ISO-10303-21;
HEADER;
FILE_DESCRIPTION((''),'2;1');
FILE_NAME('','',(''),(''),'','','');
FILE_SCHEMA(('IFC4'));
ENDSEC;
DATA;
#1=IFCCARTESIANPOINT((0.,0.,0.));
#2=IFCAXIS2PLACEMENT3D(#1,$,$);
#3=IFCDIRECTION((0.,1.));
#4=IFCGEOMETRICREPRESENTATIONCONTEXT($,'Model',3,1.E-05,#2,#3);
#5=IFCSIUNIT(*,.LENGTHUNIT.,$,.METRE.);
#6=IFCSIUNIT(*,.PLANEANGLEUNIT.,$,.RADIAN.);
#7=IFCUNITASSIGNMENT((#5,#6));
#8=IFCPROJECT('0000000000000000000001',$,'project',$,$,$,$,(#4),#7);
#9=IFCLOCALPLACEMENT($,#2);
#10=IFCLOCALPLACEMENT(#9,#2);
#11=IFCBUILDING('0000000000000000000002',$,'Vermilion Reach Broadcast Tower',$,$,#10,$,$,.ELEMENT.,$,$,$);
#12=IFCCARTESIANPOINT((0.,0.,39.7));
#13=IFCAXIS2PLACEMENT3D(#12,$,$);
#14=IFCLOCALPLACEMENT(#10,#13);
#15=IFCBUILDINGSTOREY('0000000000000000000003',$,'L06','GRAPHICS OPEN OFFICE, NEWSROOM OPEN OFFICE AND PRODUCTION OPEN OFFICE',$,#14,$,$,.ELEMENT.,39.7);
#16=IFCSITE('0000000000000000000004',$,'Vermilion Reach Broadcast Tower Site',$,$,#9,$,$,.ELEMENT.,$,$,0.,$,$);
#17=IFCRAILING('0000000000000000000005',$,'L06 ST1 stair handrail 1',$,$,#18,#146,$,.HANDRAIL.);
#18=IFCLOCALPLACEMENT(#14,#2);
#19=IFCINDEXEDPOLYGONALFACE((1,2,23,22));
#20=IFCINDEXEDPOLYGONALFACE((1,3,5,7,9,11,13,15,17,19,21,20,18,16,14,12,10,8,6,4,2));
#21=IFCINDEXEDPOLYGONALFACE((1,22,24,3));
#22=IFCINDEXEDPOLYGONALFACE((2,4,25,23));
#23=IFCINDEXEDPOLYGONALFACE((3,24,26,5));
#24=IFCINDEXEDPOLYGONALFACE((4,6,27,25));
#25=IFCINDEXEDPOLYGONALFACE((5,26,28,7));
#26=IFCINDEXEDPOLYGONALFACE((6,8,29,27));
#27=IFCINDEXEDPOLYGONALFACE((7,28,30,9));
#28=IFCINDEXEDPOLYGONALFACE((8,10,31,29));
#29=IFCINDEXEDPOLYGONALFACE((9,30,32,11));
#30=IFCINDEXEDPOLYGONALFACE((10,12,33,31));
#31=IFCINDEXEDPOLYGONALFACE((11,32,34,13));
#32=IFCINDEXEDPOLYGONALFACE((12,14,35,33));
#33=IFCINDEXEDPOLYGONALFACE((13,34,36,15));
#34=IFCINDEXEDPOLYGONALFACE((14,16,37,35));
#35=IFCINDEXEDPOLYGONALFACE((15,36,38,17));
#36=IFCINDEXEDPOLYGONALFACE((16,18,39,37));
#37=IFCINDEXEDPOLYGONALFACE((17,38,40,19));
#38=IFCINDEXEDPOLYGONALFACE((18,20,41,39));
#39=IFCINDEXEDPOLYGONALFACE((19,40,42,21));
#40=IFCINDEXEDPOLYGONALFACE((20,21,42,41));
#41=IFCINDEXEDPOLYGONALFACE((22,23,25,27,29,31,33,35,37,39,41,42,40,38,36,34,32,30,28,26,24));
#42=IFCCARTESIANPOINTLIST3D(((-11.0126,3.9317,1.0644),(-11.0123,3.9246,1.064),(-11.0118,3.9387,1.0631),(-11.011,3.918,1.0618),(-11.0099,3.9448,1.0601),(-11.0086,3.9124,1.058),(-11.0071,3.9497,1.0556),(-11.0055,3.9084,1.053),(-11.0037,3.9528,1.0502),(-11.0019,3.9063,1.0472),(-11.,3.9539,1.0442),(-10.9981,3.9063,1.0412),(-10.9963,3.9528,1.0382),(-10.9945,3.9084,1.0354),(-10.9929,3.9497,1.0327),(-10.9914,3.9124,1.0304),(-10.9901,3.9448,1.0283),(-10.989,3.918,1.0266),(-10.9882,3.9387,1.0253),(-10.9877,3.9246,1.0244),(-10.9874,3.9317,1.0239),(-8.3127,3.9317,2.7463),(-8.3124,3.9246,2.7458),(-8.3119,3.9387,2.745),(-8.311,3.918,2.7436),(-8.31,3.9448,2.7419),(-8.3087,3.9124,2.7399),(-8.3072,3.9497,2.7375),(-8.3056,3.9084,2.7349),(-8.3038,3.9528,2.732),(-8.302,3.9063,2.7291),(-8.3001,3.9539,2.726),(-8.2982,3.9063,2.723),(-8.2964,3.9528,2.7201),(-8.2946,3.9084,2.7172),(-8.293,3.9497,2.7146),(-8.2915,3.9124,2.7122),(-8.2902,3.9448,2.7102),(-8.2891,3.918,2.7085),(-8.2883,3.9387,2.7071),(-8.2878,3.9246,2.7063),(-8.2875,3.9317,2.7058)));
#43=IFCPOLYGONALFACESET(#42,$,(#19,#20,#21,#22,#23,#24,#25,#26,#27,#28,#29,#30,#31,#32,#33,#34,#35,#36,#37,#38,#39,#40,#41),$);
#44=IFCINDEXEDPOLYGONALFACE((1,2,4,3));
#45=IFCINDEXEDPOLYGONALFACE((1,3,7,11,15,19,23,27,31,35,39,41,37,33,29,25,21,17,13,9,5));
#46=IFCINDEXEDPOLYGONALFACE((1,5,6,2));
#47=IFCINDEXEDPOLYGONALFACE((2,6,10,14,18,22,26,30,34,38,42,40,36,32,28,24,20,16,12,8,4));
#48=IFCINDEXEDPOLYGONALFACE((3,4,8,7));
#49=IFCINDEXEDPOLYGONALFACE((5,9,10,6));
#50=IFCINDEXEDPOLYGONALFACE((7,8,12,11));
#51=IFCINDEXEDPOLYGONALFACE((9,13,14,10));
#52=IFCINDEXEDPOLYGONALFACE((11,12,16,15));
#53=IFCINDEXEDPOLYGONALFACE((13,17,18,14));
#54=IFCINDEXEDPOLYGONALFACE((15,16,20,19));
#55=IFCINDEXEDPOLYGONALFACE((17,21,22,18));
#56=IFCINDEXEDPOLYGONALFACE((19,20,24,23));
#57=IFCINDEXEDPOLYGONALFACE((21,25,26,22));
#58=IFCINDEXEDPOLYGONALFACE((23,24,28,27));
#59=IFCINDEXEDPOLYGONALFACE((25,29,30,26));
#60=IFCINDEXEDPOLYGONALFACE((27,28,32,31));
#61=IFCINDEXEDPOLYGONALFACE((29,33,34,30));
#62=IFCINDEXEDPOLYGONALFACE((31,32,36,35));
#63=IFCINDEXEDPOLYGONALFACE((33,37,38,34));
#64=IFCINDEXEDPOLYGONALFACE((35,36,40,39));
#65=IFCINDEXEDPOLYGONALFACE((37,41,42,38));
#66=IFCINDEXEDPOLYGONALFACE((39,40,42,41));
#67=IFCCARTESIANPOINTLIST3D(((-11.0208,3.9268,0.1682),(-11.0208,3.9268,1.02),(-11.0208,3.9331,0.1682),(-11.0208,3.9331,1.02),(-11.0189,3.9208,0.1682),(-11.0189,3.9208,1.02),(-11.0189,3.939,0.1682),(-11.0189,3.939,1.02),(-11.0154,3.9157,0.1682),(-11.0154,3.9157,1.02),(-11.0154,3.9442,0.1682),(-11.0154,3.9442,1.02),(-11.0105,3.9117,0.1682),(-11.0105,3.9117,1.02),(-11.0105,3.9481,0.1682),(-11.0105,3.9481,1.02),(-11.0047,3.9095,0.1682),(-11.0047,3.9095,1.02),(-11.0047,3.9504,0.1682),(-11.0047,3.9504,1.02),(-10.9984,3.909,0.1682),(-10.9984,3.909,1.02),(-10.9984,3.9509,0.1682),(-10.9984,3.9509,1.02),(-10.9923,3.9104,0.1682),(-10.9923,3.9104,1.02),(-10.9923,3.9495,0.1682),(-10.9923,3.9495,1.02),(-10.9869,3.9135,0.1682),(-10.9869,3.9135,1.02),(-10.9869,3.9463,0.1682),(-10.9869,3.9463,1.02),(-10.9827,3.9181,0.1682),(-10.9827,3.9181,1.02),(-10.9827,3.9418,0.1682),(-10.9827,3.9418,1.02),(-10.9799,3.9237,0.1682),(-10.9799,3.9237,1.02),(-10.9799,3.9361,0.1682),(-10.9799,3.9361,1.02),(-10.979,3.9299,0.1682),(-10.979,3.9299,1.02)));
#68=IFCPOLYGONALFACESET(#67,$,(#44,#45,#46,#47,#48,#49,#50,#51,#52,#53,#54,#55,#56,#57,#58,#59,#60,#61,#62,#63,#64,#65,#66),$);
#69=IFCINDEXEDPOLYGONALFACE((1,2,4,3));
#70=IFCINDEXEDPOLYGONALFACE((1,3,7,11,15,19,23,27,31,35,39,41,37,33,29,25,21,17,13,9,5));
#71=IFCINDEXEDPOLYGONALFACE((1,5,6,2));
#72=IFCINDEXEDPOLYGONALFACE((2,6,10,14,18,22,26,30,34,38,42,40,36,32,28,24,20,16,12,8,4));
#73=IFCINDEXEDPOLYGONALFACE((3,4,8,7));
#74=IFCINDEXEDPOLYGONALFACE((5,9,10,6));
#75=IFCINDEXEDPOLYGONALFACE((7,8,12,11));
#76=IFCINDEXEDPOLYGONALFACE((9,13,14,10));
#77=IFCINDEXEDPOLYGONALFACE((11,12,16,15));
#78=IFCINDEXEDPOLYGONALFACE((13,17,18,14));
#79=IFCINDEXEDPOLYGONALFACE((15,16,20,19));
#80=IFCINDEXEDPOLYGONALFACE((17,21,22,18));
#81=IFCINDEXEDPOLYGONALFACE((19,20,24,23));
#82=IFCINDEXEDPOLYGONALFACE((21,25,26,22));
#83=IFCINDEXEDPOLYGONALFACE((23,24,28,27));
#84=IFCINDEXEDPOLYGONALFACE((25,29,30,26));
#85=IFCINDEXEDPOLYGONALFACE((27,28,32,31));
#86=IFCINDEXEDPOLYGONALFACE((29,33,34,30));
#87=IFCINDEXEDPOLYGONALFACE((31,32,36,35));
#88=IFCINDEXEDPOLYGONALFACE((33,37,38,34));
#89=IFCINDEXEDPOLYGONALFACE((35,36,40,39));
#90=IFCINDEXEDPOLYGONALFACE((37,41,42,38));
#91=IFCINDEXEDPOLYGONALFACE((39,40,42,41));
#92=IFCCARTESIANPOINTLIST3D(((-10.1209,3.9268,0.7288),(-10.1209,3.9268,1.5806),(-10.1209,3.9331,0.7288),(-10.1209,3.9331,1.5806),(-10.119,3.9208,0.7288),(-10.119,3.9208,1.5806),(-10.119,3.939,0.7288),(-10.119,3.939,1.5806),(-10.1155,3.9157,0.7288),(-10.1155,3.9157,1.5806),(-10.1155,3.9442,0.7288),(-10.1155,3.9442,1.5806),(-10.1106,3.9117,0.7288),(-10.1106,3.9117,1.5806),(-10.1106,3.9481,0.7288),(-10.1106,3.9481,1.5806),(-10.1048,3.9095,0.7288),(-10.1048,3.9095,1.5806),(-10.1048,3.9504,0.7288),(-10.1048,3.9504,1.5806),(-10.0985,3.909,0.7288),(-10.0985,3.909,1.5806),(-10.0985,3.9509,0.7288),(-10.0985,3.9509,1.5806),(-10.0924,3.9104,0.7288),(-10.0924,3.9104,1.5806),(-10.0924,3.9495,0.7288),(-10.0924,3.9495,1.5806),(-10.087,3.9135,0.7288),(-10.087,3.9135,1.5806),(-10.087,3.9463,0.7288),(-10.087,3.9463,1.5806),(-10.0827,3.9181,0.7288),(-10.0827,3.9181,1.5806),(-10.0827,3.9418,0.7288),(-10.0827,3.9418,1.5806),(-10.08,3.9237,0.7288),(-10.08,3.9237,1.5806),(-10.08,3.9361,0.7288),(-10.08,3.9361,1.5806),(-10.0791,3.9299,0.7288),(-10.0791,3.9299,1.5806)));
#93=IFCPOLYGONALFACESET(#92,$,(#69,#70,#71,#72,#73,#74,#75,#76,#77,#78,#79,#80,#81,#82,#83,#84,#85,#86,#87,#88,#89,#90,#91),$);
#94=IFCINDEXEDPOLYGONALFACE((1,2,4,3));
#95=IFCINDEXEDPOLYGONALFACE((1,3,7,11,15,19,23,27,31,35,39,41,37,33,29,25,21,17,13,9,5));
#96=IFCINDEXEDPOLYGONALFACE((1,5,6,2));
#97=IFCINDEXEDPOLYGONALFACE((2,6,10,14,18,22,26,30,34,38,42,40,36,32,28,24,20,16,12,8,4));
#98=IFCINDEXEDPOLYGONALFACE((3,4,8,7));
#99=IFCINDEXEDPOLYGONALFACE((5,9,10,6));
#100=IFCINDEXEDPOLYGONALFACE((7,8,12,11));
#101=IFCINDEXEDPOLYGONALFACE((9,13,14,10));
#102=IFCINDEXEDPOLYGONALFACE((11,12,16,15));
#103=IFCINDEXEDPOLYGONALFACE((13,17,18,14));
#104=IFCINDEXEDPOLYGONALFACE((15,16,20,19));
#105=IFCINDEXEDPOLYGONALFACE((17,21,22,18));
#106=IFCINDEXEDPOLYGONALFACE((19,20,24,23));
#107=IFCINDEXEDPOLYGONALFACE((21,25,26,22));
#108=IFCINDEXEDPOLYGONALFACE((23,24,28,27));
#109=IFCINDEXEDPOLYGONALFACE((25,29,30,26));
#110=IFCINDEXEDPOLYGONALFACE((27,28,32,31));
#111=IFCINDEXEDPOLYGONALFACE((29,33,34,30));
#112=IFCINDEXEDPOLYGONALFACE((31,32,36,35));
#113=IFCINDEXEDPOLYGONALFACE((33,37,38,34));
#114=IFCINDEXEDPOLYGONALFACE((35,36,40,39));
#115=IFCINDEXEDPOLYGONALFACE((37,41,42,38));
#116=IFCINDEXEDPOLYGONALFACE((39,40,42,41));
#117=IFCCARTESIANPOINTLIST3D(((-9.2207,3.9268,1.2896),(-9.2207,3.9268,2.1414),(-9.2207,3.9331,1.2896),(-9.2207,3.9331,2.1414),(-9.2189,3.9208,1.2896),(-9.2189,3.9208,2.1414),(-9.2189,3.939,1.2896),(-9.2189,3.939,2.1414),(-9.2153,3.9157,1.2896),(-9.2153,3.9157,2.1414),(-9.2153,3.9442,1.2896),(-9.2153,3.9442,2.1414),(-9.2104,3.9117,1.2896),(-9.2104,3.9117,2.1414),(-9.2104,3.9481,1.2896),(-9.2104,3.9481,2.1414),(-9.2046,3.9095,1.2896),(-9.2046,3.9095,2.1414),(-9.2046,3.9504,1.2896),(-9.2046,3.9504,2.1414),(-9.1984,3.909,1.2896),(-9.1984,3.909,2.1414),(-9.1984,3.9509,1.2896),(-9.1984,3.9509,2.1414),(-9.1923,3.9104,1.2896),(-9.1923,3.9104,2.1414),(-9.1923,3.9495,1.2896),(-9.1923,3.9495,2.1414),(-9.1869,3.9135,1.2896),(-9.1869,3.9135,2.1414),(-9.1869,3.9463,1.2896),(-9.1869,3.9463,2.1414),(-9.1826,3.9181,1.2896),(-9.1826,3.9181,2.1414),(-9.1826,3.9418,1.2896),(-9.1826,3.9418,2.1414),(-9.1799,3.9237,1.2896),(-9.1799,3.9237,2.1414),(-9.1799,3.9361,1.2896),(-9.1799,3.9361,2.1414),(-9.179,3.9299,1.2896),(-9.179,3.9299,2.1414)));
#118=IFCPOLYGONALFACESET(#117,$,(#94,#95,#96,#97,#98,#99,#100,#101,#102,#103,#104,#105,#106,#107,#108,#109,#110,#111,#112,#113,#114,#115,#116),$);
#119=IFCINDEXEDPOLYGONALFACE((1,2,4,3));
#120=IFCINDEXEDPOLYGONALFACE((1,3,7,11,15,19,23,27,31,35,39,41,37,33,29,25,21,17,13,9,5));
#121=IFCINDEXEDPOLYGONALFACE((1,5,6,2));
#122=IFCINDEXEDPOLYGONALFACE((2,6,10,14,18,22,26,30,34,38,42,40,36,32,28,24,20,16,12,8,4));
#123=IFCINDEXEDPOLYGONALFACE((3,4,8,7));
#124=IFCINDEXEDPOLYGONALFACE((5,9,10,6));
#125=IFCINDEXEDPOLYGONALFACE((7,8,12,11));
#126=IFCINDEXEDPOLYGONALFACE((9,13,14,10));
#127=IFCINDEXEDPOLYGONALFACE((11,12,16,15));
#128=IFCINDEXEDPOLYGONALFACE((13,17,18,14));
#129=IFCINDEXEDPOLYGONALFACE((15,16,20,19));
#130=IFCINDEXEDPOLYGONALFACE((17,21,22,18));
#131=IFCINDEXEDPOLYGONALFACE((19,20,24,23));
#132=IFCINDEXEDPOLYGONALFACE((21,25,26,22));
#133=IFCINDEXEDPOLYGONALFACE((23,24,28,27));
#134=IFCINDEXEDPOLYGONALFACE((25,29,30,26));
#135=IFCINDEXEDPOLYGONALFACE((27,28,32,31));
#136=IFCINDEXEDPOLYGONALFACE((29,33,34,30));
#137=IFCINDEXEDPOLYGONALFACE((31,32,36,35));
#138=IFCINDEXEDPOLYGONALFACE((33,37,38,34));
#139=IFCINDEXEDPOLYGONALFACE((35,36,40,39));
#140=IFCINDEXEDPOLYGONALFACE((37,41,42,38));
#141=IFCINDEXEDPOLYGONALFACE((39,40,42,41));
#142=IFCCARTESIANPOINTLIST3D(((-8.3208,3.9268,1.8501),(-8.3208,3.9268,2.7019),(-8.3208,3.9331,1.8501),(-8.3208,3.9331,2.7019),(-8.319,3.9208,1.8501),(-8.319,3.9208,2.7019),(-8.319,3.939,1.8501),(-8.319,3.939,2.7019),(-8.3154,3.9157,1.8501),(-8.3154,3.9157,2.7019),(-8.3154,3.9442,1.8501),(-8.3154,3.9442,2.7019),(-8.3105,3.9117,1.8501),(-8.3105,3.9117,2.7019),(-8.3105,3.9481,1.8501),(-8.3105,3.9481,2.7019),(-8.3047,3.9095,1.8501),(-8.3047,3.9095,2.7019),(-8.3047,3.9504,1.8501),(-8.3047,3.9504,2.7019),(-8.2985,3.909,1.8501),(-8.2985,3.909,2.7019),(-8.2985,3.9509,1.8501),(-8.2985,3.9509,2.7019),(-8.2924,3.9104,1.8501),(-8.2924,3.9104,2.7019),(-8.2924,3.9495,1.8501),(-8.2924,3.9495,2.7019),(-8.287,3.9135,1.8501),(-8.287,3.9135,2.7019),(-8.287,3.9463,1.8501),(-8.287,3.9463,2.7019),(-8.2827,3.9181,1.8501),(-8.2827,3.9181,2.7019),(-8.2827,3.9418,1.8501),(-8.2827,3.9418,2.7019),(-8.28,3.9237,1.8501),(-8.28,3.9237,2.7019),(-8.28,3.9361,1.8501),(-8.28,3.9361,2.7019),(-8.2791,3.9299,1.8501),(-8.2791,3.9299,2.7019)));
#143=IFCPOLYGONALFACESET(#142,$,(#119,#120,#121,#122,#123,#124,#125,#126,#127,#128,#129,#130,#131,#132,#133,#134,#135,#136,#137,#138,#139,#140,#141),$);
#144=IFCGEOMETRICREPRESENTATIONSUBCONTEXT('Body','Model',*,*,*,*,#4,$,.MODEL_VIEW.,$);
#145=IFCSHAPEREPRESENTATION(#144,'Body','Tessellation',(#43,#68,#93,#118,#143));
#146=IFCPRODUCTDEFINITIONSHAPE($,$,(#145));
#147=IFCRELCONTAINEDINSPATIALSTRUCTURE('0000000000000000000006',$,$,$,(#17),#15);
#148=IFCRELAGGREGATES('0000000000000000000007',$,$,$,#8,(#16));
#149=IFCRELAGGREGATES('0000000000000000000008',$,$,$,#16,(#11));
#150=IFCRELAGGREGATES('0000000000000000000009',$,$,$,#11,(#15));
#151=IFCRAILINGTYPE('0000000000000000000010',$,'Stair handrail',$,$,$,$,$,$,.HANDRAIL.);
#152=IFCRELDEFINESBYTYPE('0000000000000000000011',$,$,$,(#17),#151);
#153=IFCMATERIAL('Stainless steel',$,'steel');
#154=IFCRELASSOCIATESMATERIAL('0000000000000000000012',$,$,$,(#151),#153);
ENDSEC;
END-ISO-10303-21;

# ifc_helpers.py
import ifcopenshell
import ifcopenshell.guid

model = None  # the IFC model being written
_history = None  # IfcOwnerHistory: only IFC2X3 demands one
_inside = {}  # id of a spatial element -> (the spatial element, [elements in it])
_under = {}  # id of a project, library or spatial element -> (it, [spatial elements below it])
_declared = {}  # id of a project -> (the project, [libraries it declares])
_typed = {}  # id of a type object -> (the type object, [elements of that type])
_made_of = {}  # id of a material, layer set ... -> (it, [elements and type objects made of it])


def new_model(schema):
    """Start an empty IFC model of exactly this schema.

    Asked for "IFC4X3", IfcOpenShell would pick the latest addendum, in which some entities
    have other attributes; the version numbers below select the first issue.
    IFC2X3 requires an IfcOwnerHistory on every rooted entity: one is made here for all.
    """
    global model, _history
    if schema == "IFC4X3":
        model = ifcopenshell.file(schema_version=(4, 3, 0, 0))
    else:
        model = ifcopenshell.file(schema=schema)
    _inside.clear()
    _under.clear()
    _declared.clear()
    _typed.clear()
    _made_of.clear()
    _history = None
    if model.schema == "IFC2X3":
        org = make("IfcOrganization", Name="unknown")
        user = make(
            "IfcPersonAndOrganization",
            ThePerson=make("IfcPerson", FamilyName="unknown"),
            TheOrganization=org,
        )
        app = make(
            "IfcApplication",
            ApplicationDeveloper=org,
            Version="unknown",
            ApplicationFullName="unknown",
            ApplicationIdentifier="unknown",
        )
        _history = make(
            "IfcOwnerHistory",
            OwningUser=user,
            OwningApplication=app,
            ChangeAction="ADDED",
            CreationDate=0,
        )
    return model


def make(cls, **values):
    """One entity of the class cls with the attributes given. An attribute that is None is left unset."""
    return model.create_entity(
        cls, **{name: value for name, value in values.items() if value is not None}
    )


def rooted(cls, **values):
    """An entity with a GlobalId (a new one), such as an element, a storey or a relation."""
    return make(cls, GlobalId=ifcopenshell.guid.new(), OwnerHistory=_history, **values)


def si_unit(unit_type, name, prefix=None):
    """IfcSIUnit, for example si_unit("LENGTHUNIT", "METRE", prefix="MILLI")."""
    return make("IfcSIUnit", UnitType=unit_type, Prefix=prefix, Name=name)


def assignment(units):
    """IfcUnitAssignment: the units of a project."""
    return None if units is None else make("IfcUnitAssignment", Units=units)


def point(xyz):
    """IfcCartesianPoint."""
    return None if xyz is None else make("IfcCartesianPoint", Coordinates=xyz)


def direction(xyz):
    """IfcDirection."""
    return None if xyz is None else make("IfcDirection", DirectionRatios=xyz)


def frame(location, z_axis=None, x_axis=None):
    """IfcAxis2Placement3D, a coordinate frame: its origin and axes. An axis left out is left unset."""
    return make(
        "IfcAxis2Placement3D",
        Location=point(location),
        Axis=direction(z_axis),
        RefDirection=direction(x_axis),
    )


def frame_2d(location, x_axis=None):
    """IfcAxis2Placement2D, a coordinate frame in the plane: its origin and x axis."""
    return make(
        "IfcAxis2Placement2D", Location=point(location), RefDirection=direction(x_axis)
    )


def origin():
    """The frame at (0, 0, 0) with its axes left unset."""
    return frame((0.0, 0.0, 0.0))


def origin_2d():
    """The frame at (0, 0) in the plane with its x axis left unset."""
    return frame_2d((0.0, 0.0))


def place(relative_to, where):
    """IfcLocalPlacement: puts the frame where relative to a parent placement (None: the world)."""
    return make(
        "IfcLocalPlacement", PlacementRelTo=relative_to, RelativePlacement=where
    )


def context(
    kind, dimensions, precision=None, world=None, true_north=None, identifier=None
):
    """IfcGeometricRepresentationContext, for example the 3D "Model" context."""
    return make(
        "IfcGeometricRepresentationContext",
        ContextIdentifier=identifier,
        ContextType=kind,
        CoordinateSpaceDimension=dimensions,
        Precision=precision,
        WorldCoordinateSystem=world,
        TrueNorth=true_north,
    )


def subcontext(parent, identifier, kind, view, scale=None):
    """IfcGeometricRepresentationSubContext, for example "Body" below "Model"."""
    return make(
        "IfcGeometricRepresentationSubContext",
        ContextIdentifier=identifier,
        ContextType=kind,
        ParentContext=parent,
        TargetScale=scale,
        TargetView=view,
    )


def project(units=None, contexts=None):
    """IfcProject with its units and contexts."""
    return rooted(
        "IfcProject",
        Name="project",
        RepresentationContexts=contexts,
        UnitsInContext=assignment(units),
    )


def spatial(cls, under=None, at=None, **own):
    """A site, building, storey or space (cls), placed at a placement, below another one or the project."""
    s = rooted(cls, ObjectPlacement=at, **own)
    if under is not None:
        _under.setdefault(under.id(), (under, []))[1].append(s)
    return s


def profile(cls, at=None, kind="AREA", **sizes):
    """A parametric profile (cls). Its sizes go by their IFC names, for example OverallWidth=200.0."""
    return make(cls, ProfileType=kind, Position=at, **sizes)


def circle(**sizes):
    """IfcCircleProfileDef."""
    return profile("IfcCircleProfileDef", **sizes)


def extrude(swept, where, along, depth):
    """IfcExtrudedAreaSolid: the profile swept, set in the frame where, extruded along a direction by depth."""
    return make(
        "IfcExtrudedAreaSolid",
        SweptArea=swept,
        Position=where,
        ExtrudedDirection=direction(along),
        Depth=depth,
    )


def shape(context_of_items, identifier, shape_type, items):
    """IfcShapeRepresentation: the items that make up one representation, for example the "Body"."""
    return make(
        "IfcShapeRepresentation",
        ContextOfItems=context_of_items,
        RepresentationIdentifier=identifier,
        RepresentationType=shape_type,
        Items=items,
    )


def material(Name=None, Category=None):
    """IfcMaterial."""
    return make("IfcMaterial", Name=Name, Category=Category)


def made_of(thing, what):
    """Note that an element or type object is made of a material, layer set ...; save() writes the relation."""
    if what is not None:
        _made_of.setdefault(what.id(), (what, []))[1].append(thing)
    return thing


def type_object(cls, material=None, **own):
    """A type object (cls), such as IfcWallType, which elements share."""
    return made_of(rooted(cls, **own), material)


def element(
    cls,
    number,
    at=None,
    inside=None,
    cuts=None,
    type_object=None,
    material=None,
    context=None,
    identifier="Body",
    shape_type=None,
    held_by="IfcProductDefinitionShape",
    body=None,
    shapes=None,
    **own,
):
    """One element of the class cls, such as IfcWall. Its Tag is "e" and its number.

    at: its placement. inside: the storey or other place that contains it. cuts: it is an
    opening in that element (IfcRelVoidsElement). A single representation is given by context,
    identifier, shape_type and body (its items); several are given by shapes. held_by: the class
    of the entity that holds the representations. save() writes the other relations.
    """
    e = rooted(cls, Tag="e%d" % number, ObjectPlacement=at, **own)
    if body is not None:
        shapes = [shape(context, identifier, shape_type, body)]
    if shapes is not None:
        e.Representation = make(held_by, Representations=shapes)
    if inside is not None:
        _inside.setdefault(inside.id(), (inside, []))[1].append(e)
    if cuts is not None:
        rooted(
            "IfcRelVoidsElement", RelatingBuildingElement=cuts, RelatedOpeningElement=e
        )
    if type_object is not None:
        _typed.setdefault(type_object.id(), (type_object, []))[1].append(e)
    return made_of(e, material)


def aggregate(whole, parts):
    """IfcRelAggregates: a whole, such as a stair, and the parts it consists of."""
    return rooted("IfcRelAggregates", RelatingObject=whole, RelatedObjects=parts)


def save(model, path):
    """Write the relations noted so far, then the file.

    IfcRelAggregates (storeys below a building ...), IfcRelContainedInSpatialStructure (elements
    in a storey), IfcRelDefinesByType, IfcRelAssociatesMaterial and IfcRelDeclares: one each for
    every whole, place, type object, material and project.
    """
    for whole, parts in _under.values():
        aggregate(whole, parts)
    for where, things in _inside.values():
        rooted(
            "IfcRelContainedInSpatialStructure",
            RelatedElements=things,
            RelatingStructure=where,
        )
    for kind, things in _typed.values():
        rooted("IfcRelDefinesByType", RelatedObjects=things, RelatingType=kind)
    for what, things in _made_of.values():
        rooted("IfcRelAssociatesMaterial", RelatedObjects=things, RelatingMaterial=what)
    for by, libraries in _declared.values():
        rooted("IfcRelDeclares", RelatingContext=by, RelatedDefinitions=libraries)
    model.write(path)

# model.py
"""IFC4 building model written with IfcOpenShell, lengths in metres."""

from ifc_helpers import new_model, si_unit, direction, frame, origin, origin_2d, place, context, subcontext, project, spatial, circle, extrude, material, type_object, element, save


model = new_model("IFC4")

# Units and contexts
model_context = context("Model", 3, precision=1e-05, world=origin(), true_north=direction((0.0, 1.0)))
body_context = subcontext(model_context, "Body", "Model", "MODEL_VIEW")
ifc_project = project(units=[si_unit("LENGTHUNIT", "METRE"), si_unit("PLANEANGLEUNIT", "RADIAN")], contexts=[model_context])

# Site, building, storey
site_placement = place(None, origin())
site = spatial("IfcSite", under=ifc_project, at=site_placement, Name="Vermilion Reach Broadcast Tower Site", CompositionType="ELEMENT", RefElevation=0.0)
building_placement = place(site_placement, origin())
building = spatial("IfcBuilding", under=site, at=building_placement, Name="Vermilion Reach Broadcast Tower", CompositionType="ELEMENT")
storey_placement = place(building_placement, frame((0.0, 0.0, 39.7)))
storey = spatial("IfcBuildingStorey", under=building, at=storey_placement, Name="L06", Description="GRAPHICS OPEN OFFICE, NEWSROOM OPEN OFFICE AND PRODUCTION OPEN OFFICE", CompositionType="ELEMENT", Elevation=39.7)

# Railing
ifc_material_1 = material(Name="Stainless steel", Category="steel")
railing_type_1 = type_object("IfcRailingType", Name="Stair handrail", PredefinedType="HANDRAIL", material=ifc_material_1)
railing_1_placement = place(storey_placement, frame((-11.0, 3.9299, 0.1682)))
element("IfcRailing", 1, at=railing_1_placement, inside=storey, type_object=railing_type_1, Name="L06 ST1 stair handrail 1", PredefinedType="HANDRAIL", context=body_context, shape_type="SweptSolid", body=[
    extrude(circle(Radius=0.0239, at=origin_2d()), frame((0.0, 0.0, 0.876), z_axis=(0.848786, 0.0, 0.528736), x_axis=(0.0, 1.0, 0.0)), (0.0, 0.0, 1.0), 3.1809),
    extrude(circle(Radius=0.021, at=origin_2d()), origin(), (0.0, 0.0, 1.0), 0.8518),
    extrude(circle(Radius=0.021, at=origin_2d()), frame((0.8999, 0.0, 0.5605)), (0.0, 0.0, 1.0), 0.8518),
    extrude(circle(Radius=0.021, at=origin_2d()), frame((1.8, 0.0, 1.1213)), (0.0, 0.0, 1.0), 0.8518),
    extrude(circle(Radius=0.021, at=origin_2d()), frame((2.7, 0.0, 1.6819)), (0.0, 0.0, 1.0), 0.8518),
])

save(model, "model.ifc")
